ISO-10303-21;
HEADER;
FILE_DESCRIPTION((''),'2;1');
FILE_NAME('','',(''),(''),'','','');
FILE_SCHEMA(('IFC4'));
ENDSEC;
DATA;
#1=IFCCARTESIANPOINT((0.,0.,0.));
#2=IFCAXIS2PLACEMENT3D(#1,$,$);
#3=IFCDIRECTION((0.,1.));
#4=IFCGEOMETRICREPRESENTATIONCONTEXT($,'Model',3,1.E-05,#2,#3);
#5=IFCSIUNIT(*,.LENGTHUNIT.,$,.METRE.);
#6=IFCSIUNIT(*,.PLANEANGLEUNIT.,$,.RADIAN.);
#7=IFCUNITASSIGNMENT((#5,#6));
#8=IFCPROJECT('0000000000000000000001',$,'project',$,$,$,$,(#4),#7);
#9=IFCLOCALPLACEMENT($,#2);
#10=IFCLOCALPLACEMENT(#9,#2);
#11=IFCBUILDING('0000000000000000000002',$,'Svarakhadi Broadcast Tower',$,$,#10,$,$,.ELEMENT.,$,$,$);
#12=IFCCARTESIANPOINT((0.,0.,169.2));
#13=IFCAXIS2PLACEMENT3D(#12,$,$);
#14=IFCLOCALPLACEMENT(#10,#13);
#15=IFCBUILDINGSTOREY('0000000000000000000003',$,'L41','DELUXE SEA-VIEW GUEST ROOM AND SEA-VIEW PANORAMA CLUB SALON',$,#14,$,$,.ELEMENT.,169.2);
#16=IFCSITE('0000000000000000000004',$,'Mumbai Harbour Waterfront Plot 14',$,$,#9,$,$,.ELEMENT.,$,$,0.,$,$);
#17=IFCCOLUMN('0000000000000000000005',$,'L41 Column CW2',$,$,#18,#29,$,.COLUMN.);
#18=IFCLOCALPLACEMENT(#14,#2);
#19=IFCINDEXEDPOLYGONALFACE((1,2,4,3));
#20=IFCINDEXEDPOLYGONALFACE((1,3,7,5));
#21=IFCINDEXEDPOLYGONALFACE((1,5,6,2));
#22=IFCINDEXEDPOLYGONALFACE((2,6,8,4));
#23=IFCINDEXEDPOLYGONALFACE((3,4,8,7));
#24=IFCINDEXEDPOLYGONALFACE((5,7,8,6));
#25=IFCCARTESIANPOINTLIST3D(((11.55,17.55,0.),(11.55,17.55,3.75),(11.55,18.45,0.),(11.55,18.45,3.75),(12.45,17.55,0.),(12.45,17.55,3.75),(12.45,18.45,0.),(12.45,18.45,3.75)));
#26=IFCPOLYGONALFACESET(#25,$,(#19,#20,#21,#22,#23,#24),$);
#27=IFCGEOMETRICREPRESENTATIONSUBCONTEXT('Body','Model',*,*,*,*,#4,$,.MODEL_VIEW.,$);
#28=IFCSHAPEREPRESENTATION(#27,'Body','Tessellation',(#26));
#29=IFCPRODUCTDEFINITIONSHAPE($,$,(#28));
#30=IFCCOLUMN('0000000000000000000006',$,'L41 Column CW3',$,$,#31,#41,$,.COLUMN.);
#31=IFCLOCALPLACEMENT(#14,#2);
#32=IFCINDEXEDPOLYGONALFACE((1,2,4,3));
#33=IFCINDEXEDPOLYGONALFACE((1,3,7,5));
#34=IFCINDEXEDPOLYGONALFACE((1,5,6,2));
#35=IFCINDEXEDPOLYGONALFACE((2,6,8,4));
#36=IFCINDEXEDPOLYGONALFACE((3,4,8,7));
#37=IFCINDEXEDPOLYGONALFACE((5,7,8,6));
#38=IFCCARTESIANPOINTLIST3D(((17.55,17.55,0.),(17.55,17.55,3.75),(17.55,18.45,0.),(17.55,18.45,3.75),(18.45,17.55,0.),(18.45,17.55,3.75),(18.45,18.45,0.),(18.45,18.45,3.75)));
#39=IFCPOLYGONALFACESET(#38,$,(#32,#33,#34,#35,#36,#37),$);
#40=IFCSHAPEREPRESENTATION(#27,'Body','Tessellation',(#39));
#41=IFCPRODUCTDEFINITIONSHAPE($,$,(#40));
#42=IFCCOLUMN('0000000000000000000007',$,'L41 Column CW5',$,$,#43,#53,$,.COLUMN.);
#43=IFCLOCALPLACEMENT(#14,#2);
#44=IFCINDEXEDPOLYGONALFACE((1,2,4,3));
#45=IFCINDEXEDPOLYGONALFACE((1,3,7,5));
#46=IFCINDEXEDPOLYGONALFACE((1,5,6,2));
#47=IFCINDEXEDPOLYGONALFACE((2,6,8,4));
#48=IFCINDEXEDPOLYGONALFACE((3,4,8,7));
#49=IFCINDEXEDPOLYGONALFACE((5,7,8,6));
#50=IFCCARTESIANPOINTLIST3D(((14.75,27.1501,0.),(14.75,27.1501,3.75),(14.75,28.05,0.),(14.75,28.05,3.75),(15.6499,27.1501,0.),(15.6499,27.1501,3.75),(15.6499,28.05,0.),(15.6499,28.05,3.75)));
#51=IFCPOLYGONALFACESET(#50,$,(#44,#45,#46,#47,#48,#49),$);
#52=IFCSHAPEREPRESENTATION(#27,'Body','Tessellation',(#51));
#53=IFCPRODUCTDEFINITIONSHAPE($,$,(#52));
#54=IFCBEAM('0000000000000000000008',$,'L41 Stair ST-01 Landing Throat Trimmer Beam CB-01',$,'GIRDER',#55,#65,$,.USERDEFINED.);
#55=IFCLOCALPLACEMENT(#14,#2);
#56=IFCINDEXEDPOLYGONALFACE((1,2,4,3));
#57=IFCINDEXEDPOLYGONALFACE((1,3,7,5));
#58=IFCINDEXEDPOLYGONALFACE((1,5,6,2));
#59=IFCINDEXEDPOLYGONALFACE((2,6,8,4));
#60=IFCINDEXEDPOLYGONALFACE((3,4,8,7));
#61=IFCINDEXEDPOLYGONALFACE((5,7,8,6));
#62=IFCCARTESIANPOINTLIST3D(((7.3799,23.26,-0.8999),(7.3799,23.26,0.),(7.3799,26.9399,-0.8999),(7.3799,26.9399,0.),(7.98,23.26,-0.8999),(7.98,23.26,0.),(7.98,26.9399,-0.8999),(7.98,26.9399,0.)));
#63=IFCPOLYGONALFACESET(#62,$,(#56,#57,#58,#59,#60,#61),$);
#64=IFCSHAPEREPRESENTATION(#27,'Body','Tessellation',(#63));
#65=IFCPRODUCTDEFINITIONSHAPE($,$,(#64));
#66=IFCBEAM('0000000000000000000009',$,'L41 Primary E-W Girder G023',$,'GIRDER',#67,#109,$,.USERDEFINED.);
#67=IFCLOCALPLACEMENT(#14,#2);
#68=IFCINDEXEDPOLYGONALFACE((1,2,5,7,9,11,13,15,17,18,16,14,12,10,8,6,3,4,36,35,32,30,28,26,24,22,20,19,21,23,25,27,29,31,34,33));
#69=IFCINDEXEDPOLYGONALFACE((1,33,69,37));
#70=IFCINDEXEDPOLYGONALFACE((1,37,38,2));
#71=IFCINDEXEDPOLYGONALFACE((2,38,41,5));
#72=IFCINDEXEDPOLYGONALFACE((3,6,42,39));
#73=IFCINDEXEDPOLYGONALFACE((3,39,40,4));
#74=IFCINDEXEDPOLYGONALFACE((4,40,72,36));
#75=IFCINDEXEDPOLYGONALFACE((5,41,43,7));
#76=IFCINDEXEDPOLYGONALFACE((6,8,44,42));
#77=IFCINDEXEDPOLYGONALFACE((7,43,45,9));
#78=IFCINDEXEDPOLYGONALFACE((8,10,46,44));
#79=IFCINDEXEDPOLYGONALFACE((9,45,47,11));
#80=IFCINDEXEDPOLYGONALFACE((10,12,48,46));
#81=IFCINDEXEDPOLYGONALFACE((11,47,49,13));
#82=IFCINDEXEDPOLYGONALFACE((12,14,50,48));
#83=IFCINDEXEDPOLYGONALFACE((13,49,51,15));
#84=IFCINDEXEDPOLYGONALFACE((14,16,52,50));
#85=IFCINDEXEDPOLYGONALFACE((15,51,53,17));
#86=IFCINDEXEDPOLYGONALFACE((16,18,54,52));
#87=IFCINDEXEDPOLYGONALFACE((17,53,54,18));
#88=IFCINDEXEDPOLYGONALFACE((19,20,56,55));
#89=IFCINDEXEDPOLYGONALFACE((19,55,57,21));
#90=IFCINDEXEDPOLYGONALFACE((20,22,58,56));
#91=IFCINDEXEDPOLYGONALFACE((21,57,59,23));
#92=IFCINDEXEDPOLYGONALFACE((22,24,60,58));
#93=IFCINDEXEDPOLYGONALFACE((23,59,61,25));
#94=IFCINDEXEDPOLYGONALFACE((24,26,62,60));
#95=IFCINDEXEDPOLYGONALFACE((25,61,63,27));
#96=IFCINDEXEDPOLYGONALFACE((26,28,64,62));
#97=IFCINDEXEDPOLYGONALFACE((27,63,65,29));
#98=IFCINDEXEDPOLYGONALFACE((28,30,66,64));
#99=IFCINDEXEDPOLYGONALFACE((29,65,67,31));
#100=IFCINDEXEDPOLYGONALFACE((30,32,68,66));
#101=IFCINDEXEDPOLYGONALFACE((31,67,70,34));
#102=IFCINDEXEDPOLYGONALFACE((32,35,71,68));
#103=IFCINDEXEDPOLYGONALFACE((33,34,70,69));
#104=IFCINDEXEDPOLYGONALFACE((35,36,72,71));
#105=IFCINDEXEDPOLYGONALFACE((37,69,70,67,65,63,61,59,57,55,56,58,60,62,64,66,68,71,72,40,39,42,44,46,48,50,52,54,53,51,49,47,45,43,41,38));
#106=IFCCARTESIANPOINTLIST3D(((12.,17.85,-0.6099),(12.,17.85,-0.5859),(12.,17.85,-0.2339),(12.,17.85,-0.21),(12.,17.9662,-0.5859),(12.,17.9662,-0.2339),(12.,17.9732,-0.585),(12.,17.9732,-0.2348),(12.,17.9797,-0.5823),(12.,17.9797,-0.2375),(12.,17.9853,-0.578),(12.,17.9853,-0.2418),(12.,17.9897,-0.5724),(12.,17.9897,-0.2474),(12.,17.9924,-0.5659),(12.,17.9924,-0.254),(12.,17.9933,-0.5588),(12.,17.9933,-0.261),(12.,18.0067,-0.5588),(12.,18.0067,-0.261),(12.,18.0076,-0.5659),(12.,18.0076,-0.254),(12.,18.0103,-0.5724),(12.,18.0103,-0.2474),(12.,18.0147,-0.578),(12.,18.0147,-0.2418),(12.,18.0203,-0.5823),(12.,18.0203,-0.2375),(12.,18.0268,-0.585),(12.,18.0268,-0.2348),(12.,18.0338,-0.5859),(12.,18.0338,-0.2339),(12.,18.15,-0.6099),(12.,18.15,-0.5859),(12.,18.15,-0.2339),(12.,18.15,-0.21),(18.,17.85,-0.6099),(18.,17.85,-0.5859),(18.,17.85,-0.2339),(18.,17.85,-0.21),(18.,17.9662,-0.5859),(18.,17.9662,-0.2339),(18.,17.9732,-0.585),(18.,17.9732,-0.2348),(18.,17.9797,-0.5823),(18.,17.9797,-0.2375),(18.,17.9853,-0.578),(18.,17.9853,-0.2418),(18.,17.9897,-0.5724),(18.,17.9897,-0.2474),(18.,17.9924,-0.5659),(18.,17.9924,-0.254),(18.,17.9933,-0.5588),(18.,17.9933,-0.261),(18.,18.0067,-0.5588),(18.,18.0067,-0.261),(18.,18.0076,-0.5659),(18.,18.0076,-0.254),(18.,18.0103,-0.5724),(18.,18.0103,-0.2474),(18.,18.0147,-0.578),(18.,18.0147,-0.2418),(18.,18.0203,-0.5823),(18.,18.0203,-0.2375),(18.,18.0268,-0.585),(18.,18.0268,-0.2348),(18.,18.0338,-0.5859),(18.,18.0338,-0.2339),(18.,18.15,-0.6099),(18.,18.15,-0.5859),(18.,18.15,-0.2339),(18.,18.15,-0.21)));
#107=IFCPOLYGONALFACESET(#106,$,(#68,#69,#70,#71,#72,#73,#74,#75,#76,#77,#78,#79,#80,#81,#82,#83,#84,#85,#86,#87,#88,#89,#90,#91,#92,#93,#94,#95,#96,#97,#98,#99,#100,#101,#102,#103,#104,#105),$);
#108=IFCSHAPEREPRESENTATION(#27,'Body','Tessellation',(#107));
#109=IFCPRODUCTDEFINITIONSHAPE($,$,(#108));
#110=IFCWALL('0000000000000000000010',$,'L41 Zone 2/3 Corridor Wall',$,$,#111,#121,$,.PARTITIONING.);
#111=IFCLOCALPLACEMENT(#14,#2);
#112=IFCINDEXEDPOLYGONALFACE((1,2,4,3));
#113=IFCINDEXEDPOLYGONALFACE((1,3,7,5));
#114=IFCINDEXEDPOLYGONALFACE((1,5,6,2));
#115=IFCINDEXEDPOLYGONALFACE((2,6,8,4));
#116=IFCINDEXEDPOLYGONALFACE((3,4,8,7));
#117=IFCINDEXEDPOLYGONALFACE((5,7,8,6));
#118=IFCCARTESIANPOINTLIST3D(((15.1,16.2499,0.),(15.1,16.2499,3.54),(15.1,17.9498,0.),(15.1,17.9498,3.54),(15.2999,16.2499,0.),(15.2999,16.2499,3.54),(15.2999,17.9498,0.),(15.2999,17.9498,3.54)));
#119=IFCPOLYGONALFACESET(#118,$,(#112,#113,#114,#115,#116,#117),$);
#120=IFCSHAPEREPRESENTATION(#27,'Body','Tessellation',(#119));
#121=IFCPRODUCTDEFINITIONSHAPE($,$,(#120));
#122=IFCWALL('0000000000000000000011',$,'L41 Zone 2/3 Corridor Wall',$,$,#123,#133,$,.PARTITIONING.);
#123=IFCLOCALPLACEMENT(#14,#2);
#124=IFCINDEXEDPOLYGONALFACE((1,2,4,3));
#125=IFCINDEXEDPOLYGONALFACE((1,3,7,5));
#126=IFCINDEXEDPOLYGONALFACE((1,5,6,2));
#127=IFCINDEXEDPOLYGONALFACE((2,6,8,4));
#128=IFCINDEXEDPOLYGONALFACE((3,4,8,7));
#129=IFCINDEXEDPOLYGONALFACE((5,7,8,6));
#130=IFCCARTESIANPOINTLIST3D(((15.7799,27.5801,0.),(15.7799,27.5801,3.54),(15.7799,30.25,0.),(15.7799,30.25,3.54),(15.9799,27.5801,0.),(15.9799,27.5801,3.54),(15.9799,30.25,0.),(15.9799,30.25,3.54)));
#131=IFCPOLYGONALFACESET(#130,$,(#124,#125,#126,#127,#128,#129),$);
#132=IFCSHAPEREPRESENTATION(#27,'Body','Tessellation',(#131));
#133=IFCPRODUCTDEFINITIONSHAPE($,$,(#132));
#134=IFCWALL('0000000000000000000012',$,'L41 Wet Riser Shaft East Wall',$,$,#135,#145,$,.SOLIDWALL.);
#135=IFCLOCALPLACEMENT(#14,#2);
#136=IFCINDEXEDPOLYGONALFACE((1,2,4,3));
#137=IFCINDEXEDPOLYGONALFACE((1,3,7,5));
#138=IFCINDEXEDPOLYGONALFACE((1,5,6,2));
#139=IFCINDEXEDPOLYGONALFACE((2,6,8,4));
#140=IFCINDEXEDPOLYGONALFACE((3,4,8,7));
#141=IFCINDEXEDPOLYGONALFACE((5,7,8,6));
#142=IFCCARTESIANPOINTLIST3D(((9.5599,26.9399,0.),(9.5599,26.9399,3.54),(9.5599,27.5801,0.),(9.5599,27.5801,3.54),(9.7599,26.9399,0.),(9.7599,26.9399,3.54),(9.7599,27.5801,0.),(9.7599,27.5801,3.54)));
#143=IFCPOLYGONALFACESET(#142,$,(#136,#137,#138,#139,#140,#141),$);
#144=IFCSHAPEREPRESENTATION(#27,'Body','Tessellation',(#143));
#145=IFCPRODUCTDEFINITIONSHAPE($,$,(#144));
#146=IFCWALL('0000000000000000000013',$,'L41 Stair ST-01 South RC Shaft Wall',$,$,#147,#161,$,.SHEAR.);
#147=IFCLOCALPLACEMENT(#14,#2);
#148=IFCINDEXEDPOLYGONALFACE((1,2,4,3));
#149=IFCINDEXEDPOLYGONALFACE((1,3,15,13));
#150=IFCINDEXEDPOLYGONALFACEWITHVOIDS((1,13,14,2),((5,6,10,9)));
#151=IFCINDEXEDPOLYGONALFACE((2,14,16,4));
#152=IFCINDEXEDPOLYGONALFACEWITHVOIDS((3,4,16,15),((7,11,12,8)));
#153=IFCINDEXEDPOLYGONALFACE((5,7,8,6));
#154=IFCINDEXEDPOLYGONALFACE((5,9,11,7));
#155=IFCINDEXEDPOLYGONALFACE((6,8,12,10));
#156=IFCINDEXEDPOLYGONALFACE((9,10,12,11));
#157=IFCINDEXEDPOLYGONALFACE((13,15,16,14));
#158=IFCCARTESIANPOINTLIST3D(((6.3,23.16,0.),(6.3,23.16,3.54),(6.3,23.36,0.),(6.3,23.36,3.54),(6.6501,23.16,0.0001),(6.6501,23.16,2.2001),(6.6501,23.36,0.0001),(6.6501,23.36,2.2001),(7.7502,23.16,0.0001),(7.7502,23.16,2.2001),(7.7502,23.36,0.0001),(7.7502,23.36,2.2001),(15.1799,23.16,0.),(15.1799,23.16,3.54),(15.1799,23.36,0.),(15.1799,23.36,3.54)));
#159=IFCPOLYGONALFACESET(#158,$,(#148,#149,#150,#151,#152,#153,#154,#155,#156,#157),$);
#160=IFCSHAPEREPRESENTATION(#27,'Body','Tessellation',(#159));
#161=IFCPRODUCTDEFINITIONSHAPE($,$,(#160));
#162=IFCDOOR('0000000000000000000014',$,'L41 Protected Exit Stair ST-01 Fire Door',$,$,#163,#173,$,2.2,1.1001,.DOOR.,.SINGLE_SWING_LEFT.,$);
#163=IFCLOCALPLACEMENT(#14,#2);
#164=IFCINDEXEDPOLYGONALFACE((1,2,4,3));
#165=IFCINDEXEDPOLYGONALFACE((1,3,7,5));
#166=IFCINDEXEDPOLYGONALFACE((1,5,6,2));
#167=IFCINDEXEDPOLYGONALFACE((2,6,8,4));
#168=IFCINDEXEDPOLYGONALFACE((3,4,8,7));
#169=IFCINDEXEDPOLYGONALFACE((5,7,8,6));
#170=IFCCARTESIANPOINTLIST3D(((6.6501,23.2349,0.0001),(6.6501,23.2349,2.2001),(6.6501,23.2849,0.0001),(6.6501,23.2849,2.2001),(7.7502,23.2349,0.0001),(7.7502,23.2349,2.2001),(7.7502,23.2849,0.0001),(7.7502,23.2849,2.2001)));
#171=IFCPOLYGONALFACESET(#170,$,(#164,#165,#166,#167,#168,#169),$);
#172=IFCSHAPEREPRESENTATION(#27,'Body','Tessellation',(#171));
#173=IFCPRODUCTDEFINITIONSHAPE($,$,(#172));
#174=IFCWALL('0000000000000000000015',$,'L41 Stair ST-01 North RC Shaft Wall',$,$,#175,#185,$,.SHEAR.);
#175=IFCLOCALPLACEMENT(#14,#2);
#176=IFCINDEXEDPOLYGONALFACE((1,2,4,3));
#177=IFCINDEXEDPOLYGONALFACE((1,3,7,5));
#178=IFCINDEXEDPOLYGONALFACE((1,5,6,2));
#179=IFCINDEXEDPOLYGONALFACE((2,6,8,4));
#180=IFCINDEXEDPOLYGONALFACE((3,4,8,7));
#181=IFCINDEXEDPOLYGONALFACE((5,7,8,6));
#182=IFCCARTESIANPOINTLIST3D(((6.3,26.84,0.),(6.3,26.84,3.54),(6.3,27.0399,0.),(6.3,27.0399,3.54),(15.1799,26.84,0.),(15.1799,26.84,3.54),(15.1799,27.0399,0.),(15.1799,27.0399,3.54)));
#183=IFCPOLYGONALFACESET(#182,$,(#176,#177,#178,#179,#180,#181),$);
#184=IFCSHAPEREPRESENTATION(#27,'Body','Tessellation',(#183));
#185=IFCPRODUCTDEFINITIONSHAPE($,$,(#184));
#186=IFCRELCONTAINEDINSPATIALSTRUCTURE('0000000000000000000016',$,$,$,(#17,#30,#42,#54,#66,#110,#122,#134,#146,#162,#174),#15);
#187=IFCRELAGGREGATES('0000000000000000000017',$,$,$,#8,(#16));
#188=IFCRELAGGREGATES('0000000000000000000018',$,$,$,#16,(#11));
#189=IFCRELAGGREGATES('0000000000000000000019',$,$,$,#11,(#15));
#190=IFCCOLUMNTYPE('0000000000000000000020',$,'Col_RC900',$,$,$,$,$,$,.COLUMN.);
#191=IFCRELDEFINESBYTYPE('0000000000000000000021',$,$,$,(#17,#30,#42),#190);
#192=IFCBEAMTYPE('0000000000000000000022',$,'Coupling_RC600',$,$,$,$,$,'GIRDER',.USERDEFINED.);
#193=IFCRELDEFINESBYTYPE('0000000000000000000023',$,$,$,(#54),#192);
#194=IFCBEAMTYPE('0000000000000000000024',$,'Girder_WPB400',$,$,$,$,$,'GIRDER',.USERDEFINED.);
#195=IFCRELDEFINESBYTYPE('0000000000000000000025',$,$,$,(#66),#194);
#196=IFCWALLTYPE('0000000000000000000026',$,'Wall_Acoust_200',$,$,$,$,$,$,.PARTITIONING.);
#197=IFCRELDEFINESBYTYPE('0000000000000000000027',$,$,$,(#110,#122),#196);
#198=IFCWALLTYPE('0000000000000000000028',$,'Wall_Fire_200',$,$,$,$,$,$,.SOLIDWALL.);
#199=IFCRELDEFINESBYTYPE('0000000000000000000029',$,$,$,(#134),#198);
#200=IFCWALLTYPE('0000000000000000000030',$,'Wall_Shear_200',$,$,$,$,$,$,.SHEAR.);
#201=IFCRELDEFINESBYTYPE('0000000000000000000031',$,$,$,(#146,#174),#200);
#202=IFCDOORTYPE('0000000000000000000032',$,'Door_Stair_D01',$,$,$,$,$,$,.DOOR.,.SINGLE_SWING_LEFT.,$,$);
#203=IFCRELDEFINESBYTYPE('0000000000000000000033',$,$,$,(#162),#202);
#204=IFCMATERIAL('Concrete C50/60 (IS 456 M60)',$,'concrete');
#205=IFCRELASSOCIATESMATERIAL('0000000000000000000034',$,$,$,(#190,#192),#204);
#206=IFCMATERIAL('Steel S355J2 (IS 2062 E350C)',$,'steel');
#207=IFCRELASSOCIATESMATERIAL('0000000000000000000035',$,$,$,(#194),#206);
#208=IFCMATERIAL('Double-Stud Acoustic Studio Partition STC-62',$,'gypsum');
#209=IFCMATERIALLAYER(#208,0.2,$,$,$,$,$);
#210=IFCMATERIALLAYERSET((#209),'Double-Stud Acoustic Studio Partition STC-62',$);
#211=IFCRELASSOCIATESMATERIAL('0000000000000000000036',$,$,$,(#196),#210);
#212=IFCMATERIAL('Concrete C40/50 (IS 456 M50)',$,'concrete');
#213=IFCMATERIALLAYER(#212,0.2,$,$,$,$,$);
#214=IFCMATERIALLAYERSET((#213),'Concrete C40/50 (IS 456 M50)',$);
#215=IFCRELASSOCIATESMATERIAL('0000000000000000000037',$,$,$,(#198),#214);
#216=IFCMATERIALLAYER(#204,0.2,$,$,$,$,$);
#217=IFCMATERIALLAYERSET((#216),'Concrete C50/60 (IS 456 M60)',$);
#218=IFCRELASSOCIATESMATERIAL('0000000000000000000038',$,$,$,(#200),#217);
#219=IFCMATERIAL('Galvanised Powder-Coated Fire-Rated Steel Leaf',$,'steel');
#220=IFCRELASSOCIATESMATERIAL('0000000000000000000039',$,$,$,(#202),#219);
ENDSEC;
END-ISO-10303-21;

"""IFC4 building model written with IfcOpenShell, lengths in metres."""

from ifc_helpers import new_model, si_unit, direction, frame, frame_2d, origin, origin_2d, place, context, subcontext, project, spatial, rectangle, i_section, extrude, material, layer, layer_set, material_profile, profile_set, type_object, element, fill, save


model = new_model("IFC4")

# Units and contexts
model_context = context("Model", 3, precision=1e-05, world=origin(), true_north=direction((0.0, 1.0)))
body_context = subcontext(model_context, "Body", "Model", "MODEL_VIEW")
ifc_project = project(units=[si_unit("LENGTHUNIT", "METRE"), si_unit("PLANEANGLEUNIT", "RADIAN")], contexts=[model_context])

# Site, building, storey
site_placement = place(None, origin())
site = spatial("IfcSite", under=ifc_project, at=site_placement, Name="Mumbai Harbour Waterfront Plot 14", CompositionType="ELEMENT", RefElevation=0.0)
building_placement = place(site_placement, origin())
building = spatial("IfcBuilding", under=site, at=building_placement, Name="Svarakhadi Broadcast Tower", CompositionType="ELEMENT")
storey_placement = place(building_placement, frame((0.0, 0.0, 169.2)))
storey = spatial("IfcBuildingStorey", under=building, at=storey_placement, Name="L41", Description="DELUXE SEA-VIEW GUEST ROOM AND SEA-VIEW PANORAMA CLUB SALON", CompositionType="ELEMENT", Elevation=169.2)

# Columns
ifc_material_1 = material(Name="Concrete C50/60 (IS 456 M60)", Category="concrete")
ifc_material_profile_1 = material_profile(ifc_material_1, rectangle(XDim=0.8999, YDim=0.8999, at=origin_2d()), Name="RC 900x900")
ifc_profile_set_1 = profile_set([ifc_material_profile_1], Name="Concrete C50/60 (IS 456 M60)")
column_type = type_object("IfcColumnType", Name="Col_RC900", PredefinedType="COLUMN", material=ifc_profile_set_1)
for number, where, z_axis, x_axis, name in (
    (1, (12.0, 18.0, 0.0), (0.0, 0.0, 1.0), (1.0, 0.0, 0.0), "L41 Column CW2"),
    (2, (18.0, 18.0, 0.0), (0.0, 0.0, 1.0), (1.0, 0.0, 0.0), "L41 Column CW3"),
    (3, (15.2, 27.6001, 0.0), (0.0, 0.0, 1.0), (1.0, 0.0, 0.0), "L41 Column CW5"),
):
    element("IfcColumn", number, at=place(storey_placement, frame(where, z_axis=z_axis, x_axis=x_axis)), inside=storey, type_object=column_type, Name=name, PredefinedType="COLUMN", context=body_context, shape_type="SweptSolid", body=[
        extrude(rectangle(XDim=0.8999, YDim=0.8999, at=origin_2d()), origin(), (0.0, 0.0, 1.0), 3.75),
    ])

# Beams
ifc_material_profile_2 = material_profile(ifc_material_1, rectangle(XDim=0.6001, YDim=0.8999, at=origin_2d()), Name="RC 600x900")
ifc_profile_set_2 = profile_set([ifc_material_profile_2], Name="Concrete C50/60 (IS 456 M60)")
beam_type_1 = type_object("IfcBeamType", Name="Coupling_RC600", ElementType="GIRDER", PredefinedType="USERDEFINED", material=ifc_profile_set_2)
beam_1_placement = place(storey_placement, frame((7.6799, 23.26, -0.45), z_axis=(0.0, 1.0, 0.0), x_axis=(-1.0, 0.0, 0.0)))
element("IfcBeam", 4, at=beam_1_placement, inside=storey, type_object=beam_type_1, Name="L41 Stair ST-01 Landing Throat Trimmer Beam CB-01", ObjectType="GIRDER", PredefinedType="USERDEFINED", context=body_context, shape_type="SweptSolid", body=[
    extrude(rectangle(XDim=0.6001, YDim=0.8999, at=origin_2d()), origin(), (0.0, 0.0, 1.0), 3.6799),
])
ifc_material_2 = material(Name="Steel S355J2 (IS 2062 E350C)", Category="steel")
ifc_material_profile_3 = material_profile(ifc_material_2, i_section(OverallWidth=0.3, OverallDepth=0.3999, WebThickness=0.0134, FlangeThickness=0.0239, FilletRadius=0.0271, at=origin_2d()), Name="WPB 400x300x155")
ifc_profile_set_3 = profile_set([ifc_material_profile_3], Name="Steel S355J2 (IS 2062 E350C)")
beam_type_2 = type_object("IfcBeamType", Name="Girder_WPB400", ElementType="GIRDER", PredefinedType="USERDEFINED", material=ifc_profile_set_3)
beam_2_placement = place(storey_placement, frame((12.0, 18.0, -0.4099), z_axis=(1.0, 0.0, 0.0), x_axis=(0.0, 1.0, 0.0)))
element("IfcBeam", 5, at=beam_2_placement, inside=storey, type_object=beam_type_2, Name="L41 Primary E-W Girder G023", ObjectType="GIRDER", PredefinedType="USERDEFINED", context=body_context, shape_type="SweptSolid", body=[
    extrude(i_section(OverallWidth=0.3, OverallDepth=0.3999, WebThickness=0.0134, FlangeThickness=0.0239, FilletRadius=0.0271, at=origin_2d()), origin(), (0.0, 0.0, 1.0), 6.0),
])

# Walls
ifc_material_3 = material(Name="Double-Stud Acoustic Studio Partition STC-62", Category="gypsum")
ifc_layer_1 = layer(ifc_material_3, 0.2)
ifc_layer_set_1 = layer_set([ifc_layer_1], Name="Double-Stud Acoustic Studio Partition STC-62")
wall_type_1 = type_object("IfcWallType", Name="Wall_Acoust_200", PredefinedType="PARTITIONING", material=ifc_layer_set_1)
wall_1_placement = place(storey_placement, frame((15.2, 17.95, 0.0), z_axis=(0.0, 0.0, 1.0), x_axis=(0.0, -1.0, 0.0)))
element("IfcWall", 6, at=wall_1_placement, inside=storey, type_object=wall_type_1, Name="L41 Zone 2/3 Corridor Wall", PredefinedType="PARTITIONING", context=body_context, shape_type="SweptSolid", body=[
    extrude(rectangle(XDim=1.7, YDim=0.2, at=frame_2d((0.8501, 0.0))), origin(), (0.0, 0.0, 1.0), 3.54),
])
wall_2_placement = place(storey_placement, frame((15.8799, 27.5801, 0.0), z_axis=(0.0, 0.0, 1.0), x_axis=(0.0, 1.0, 0.0)))
element("IfcWall", 7, at=wall_2_placement, inside=storey, type_object=wall_type_1, Name="L41 Zone 2/3 Corridor Wall", PredefinedType="PARTITIONING", context=body_context, shape_type="SweptSolid", body=[
    extrude(rectangle(XDim=2.6699, YDim=0.2, at=frame_2d((1.335, 0.0))), origin(), (0.0, 0.0, 1.0), 3.54),
])
ifc_material_4 = material(Name="Concrete C40/50 (IS 456 M50)", Category="concrete")
ifc_layer_2 = layer(ifc_material_4, 0.2)
ifc_layer_set_2 = layer_set([ifc_layer_2], Name="Concrete C40/50 (IS 456 M50)")
wall_type_2 = type_object("IfcWallType", Name="Wall_Fire_200", PredefinedType="SOLIDWALL", material=ifc_layer_set_2)
wall_3_placement = place(storey_placement, frame((9.6599, 26.9399, 0.0), z_axis=(0.0, 0.0, 1.0), x_axis=(0.0, 1.0, 0.0)))
element("IfcWall", 8, at=wall_3_placement, inside=storey, type_object=wall_type_2, Name="L41 Wet Riser Shaft East Wall", PredefinedType="SOLIDWALL", context=body_context, shape_type="SweptSolid", body=[
    extrude(rectangle(XDim=0.6401, YDim=0.2, at=frame_2d((0.3201, 0.0))), origin(), (0.0, 0.0, 1.0), 3.54),
])

# Wall, opening, door
ifc_layer_3 = layer(ifc_material_1, 0.2)
ifc_layer_set_3 = layer_set([ifc_layer_3], Name="Concrete C50/60 (IS 456 M60)")
wall_type_3 = type_object("IfcWallType", Name="Wall_Shear_200", PredefinedType="SHEAR", material=ifc_layer_set_3)
wall_4_placement = place(storey_placement, frame((6.3, 23.26, 0.0), z_axis=(0.0, 0.0, 1.0), x_axis=(1.0, 0.0, 0.0)))
wall_4 = element("IfcWall", 9, at=wall_4_placement, inside=storey, type_object=wall_type_3, Name="L41 Stair ST-01 South RC Shaft Wall", PredefinedType="SHEAR", context=body_context, shape_type="SweptSolid", body=[
    extrude(rectangle(XDim=8.8799, YDim=0.2, at=frame_2d((4.4399, 0.0))), origin(), (0.0, 0.0, 1.0), 3.54),
])
opening_1_placement = place(wall_4_placement, frame((0.3501, 0.0, 0.0)))
opening_1 = element("IfcOpeningElement", 10, at=opening_1_placement, cuts=wall_4, PredefinedType="OPENING", context=body_context, shape_type="SweptSolid", body=[
    extrude(rectangle(XDim=1.1001, YDim=2.2, at=frame_2d((0.55, 1.1001))), frame((0.0, 0.1099, 0.0), z_axis=(0.0, -1.0, 0.0), x_axis=(1.0, 0.0, 0.0)), (0.0, 0.0, 1.0), 0.22),
])
ifc_material_5 = material(Name="Galvanised Powder-Coated Fire-Rated Steel Leaf", Category="steel")
door_type_1 = type_object("IfcDoorType", Name="Door_Stair_D01", OperationType="SINGLE_SWING_LEFT", PredefinedType="DOOR", material=ifc_material_5)
door_1_placement = place(opening_1_placement, origin())
door_1 = element("IfcDoor", 11, at=door_1_placement, inside=storey, type_object=door_type_1, Name="L41 Protected Exit Stair ST-01 Fire Door", OperationType="SINGLE_SWING_LEFT", OverallHeight=2.2, OverallWidth=1.1001, PredefinedType="DOOR", context=body_context, shape_type="SweptSolid", body=[
    extrude(rectangle(XDim=1.1001, YDim=2.2, at=frame_2d((0.55, 1.1001))), frame((0.0, 0.0249, 0.0), z_axis=(0.0, -1.0, 0.0), x_axis=(1.0, 0.0, 0.0)), (0.0, 0.0, 1.0), 0.05),
])
fill(opening_1, door_1)

# Wall
wall_5_placement = place(storey_placement, frame((6.3, 26.9399, 0.0), z_axis=(0.0, 0.0, 1.0), x_axis=(1.0, 0.0, 0.0)))
element("IfcWall", 12, at=wall_5_placement, inside=storey, type_object=wall_type_3, Name="L41 Stair ST-01 North RC Shaft Wall", PredefinedType="SHEAR", context=body_context, shape_type="SweptSolid", body=[
    extrude(rectangle(XDim=8.8799, YDim=0.2, at=frame_2d((4.4399, 0.0))), origin(), (0.0, 0.0, 1.0), 3.54),
])

save(model, "model.ifc")
